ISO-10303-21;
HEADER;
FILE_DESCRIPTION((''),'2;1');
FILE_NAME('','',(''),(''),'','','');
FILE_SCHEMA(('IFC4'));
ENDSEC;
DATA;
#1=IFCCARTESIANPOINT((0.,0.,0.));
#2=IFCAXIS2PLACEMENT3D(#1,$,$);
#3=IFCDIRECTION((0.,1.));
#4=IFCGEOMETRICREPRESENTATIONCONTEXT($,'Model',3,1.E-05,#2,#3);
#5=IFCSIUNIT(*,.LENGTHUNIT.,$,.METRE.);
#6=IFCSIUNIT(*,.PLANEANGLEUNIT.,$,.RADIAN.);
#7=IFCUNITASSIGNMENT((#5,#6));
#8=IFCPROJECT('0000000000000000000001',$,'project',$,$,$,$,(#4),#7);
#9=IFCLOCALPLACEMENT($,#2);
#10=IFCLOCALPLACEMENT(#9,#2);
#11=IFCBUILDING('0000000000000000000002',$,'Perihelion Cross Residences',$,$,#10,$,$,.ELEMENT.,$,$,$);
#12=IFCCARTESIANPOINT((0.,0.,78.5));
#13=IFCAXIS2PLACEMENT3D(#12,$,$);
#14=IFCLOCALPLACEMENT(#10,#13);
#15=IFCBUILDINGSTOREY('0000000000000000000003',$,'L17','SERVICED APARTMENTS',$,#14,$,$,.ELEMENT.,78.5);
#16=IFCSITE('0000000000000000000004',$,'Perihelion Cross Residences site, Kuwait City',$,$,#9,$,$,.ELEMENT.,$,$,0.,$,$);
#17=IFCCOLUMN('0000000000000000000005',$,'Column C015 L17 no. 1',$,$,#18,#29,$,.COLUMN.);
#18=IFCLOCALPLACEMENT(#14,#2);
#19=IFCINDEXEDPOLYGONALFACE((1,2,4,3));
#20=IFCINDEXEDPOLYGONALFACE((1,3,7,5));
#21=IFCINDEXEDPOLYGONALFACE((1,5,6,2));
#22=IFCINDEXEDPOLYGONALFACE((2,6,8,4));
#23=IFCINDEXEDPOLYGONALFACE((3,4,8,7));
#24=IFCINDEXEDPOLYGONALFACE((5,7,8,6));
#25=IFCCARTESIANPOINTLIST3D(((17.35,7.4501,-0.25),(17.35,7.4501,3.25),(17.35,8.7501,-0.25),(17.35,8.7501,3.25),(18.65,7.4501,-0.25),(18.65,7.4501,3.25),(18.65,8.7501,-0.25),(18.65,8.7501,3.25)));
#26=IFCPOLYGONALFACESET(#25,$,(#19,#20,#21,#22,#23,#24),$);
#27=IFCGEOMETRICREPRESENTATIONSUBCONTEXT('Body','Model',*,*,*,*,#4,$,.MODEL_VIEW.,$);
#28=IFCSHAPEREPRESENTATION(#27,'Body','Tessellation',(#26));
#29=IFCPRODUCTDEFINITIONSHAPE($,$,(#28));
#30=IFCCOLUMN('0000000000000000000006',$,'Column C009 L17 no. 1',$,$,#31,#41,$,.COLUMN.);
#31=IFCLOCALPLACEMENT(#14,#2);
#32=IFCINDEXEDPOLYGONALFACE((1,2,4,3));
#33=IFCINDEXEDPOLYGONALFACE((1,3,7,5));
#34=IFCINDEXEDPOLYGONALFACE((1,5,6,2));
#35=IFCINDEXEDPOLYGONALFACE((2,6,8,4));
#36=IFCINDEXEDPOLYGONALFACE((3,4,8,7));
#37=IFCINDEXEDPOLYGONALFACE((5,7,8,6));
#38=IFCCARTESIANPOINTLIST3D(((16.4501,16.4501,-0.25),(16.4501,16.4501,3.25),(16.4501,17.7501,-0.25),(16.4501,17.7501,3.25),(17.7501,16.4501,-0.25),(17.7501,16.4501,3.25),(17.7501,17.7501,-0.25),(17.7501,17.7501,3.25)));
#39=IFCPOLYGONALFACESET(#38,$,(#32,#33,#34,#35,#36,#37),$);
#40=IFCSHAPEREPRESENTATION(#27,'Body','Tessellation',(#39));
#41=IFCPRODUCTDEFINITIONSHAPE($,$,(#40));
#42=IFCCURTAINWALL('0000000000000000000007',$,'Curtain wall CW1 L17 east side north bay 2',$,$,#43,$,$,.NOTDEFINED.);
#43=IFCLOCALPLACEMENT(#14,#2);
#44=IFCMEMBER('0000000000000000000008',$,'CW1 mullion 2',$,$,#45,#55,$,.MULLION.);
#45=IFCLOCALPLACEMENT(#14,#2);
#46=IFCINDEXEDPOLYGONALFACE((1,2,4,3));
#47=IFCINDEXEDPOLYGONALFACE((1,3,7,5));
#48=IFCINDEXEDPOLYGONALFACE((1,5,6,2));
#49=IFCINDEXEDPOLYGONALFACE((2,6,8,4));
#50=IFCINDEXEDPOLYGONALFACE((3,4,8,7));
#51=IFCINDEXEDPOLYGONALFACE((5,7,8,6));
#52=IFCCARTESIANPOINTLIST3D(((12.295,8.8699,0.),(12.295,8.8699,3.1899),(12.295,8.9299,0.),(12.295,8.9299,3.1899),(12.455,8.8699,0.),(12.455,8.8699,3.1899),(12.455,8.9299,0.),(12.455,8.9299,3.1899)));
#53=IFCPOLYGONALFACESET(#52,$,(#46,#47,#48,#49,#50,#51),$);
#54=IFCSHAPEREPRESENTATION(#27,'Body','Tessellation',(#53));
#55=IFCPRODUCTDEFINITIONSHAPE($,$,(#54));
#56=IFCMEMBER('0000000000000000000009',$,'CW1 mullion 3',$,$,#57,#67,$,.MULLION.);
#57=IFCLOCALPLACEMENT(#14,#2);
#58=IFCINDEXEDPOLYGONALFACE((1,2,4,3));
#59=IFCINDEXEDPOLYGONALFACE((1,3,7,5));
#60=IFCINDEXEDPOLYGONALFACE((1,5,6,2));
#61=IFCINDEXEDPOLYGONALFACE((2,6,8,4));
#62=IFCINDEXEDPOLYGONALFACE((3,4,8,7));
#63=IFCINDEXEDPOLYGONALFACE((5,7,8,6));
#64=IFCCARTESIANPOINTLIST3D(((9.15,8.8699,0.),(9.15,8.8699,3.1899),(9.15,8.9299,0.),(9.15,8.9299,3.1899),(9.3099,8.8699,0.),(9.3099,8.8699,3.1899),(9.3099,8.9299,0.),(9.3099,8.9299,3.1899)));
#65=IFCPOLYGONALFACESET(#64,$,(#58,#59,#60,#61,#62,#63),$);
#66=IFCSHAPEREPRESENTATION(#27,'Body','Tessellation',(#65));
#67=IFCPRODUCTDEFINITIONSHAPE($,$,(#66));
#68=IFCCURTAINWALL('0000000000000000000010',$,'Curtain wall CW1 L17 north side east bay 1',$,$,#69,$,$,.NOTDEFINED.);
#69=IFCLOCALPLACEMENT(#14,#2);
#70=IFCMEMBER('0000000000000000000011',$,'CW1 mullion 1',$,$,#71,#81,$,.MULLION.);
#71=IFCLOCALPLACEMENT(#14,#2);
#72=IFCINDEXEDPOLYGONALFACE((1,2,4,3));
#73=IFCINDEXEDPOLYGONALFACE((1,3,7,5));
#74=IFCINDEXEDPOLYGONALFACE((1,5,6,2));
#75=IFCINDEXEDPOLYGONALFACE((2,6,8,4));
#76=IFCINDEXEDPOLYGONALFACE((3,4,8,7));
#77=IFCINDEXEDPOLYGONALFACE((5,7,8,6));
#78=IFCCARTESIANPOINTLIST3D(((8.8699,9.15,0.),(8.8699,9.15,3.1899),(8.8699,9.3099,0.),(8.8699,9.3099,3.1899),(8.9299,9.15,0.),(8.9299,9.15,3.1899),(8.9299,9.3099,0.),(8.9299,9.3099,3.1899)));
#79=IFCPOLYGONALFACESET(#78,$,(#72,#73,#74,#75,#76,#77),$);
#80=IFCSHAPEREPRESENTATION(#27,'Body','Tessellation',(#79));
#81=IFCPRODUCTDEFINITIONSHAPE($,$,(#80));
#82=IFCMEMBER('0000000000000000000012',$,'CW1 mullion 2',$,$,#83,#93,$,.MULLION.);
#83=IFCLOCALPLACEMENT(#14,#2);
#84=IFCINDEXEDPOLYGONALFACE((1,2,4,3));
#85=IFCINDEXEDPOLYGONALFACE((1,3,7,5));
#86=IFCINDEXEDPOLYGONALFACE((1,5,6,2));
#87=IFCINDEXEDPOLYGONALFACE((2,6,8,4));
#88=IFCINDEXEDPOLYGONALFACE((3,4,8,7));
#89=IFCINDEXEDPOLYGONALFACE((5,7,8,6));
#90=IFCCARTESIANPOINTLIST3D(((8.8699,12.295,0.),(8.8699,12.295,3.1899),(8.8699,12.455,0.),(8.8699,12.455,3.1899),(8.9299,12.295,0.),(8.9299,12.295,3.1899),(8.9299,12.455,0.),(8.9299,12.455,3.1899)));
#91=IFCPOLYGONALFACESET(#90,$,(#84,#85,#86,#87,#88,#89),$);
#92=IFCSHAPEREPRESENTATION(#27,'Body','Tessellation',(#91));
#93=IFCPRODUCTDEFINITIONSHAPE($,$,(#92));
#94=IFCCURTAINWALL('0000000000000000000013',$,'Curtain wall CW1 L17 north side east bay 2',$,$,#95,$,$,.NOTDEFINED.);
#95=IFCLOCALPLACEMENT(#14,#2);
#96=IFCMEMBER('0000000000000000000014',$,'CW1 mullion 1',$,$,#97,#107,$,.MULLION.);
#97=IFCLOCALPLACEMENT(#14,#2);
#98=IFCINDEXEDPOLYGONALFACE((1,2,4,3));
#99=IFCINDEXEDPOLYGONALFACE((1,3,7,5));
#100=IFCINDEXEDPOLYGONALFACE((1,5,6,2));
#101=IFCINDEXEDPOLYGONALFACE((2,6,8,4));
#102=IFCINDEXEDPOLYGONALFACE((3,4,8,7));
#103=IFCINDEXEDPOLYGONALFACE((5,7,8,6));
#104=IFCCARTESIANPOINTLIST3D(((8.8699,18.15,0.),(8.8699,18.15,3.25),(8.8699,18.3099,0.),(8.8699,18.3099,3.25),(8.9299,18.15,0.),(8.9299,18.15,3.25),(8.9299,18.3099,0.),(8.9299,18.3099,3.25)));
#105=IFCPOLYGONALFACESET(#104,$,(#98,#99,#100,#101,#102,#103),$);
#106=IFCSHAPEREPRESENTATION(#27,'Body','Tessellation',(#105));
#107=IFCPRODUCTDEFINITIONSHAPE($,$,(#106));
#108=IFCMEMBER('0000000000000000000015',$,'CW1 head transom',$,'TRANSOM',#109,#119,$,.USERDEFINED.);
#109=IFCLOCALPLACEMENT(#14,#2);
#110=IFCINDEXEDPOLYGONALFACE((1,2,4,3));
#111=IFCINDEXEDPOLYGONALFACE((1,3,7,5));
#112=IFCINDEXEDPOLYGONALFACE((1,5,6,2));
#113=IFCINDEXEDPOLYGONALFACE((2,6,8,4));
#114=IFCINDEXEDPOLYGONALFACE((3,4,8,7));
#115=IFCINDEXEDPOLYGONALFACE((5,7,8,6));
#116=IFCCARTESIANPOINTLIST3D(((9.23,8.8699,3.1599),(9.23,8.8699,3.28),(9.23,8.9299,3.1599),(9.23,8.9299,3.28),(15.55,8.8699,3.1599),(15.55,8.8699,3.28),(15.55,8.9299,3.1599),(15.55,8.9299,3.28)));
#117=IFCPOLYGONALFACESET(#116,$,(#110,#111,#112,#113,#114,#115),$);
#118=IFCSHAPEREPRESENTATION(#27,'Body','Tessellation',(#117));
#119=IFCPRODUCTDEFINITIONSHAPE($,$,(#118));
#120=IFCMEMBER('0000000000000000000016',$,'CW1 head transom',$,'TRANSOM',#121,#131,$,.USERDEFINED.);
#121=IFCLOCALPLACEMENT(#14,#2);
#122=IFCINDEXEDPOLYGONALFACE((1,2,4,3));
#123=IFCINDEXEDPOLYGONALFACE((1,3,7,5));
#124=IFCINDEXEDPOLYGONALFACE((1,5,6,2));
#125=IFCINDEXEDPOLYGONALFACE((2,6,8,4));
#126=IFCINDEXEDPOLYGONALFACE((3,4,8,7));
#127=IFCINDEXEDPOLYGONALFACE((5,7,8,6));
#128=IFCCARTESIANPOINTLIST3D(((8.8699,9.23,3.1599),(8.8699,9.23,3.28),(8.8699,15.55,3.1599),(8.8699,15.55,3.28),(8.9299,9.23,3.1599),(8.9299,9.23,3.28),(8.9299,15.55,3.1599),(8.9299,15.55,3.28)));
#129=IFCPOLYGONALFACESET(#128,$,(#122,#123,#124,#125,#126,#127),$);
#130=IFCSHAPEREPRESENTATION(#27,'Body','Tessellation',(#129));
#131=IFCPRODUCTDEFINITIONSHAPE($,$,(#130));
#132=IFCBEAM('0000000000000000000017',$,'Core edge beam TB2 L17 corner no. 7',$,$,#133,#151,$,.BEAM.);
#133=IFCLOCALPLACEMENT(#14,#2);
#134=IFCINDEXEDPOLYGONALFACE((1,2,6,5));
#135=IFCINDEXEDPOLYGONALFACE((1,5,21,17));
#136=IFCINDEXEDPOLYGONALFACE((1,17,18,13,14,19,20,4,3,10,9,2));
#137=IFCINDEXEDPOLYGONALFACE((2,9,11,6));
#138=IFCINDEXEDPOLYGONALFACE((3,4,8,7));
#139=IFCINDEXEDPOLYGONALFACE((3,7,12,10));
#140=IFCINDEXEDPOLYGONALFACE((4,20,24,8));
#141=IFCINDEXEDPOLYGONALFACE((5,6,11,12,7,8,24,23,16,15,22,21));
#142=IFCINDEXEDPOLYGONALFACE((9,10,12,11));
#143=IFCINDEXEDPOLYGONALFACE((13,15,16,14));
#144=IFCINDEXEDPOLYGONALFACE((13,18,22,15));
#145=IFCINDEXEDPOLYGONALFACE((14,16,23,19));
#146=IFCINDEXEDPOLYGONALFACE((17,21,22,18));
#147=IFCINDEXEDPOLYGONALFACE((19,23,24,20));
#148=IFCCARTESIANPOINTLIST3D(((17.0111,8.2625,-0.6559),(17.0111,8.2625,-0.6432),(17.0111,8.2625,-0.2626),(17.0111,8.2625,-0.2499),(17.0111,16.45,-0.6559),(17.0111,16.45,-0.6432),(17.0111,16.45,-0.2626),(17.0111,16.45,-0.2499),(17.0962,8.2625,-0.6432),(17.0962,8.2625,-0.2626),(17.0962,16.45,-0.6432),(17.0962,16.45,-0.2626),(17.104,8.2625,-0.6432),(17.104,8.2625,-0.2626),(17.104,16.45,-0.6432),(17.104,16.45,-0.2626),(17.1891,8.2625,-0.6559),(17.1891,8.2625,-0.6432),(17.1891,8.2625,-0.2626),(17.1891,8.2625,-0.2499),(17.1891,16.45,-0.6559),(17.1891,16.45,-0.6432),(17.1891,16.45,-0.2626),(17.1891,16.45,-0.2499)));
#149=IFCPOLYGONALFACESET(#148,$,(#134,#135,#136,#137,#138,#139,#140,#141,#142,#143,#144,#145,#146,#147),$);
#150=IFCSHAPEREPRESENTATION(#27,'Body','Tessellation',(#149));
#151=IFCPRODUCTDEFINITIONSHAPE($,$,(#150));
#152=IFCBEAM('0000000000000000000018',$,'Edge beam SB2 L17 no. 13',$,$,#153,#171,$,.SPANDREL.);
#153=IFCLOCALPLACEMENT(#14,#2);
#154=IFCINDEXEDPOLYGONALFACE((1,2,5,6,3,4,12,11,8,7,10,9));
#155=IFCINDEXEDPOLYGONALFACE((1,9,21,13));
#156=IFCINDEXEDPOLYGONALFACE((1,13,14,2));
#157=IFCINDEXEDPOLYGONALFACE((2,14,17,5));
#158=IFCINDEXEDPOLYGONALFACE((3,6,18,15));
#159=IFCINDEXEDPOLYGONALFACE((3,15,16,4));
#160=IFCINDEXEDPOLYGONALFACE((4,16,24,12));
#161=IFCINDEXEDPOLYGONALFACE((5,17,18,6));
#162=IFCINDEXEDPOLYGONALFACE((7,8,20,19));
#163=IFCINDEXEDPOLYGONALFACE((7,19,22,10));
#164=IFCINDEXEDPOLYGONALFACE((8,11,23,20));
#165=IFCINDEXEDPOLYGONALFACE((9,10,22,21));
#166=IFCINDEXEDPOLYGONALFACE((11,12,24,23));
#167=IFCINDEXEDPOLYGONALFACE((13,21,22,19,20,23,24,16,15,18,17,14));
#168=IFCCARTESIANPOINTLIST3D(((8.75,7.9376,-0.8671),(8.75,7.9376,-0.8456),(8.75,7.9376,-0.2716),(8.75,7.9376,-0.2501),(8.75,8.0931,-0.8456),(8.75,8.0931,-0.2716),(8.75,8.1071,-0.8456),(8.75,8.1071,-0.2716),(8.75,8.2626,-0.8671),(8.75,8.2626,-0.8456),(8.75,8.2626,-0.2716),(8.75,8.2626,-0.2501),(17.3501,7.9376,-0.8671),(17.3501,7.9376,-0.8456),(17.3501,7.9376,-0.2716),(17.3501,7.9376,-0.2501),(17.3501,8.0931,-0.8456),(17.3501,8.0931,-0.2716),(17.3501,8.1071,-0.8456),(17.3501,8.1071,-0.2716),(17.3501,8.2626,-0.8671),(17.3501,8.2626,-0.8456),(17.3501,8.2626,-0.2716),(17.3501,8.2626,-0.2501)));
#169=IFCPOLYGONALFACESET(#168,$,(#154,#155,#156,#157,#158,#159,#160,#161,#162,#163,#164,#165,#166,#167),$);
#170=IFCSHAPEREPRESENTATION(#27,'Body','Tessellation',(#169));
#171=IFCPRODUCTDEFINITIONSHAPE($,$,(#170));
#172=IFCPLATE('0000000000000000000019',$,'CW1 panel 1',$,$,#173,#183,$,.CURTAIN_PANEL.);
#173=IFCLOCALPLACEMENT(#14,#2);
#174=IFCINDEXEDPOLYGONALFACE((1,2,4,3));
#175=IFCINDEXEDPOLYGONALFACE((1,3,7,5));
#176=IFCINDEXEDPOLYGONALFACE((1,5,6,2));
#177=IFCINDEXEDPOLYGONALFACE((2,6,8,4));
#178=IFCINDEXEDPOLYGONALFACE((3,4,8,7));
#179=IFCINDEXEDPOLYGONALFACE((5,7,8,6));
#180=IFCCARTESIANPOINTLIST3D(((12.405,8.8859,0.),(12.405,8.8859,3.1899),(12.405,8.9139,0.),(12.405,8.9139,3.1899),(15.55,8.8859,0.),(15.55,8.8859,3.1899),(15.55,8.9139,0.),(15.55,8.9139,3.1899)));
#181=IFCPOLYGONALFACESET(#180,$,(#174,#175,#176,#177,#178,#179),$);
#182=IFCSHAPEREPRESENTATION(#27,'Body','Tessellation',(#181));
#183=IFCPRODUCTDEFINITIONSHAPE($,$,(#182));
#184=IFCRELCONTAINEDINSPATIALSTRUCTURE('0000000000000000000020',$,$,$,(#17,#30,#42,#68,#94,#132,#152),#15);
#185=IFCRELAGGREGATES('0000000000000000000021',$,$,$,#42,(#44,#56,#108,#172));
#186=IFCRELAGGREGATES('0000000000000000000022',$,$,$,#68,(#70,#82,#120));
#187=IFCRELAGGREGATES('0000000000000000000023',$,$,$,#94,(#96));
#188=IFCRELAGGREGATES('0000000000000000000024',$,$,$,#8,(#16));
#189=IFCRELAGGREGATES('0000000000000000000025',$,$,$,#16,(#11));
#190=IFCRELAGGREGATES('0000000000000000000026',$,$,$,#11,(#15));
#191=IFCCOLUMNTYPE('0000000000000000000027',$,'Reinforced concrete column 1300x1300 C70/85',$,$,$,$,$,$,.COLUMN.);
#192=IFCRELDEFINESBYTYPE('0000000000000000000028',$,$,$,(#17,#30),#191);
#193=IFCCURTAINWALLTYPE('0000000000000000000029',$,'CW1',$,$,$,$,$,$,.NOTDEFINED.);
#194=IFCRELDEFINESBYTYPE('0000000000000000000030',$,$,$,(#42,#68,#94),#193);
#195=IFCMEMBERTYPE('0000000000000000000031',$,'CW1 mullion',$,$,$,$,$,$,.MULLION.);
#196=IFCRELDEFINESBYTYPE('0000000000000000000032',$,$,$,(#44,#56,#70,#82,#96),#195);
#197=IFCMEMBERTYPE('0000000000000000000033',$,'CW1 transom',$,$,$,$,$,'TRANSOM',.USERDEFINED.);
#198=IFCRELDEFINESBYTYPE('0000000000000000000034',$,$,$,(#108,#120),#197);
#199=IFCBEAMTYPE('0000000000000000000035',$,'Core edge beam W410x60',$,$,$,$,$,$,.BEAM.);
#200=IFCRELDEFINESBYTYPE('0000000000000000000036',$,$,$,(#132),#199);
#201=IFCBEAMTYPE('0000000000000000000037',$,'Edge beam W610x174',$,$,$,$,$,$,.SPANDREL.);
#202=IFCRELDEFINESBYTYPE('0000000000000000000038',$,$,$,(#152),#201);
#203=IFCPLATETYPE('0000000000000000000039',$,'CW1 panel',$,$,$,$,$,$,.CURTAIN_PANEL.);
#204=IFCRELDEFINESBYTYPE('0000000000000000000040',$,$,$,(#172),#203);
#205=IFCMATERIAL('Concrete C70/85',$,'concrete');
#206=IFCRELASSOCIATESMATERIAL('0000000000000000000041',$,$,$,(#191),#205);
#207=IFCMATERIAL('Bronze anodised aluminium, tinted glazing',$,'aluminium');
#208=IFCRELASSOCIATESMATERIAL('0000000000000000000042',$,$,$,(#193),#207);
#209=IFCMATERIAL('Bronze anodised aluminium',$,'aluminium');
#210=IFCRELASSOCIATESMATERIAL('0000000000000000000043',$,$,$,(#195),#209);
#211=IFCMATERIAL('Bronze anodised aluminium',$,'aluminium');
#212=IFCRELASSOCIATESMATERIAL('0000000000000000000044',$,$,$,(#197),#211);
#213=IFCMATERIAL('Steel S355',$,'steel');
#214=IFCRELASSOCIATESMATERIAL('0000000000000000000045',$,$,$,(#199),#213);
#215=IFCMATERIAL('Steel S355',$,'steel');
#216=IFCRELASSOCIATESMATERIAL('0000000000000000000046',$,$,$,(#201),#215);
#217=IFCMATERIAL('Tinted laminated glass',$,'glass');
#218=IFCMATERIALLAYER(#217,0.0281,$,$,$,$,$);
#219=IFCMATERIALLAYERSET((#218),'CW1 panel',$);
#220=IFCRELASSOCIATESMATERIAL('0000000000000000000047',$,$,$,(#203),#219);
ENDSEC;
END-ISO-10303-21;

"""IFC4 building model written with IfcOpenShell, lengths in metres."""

from ifc_helpers import new_model, si_unit, direction, frame, origin, origin_2d, place, context, subcontext, project, spatial, rectangle, i_section, extrude, material, layer, layer_set, material_profile, profile_set, type_object, element, aggregate, save


model = new_model("IFC4")

# Units and contexts
model_context = context("Model", 3, precision=1e-05, world=origin(), true_north=direction((0.0, 1.0)))
body_context = subcontext(model_context, "Body", "Model", "MODEL_VIEW")
ifc_project = project(units=[si_unit("LENGTHUNIT", "METRE"), si_unit("PLANEANGLEUNIT", "RADIAN")], contexts=[model_context])

# Site, building, storey
site_placement = place(None, origin())
site = spatial("IfcSite", under=ifc_project, at=site_placement, Name="Perihelion Cross Residences site, Kuwait City", CompositionType="ELEMENT", RefElevation=0.0)
building_placement = place(site_placement, origin())
building = spatial("IfcBuilding", under=site, at=building_placement, Name="Perihelion Cross Residences", CompositionType="ELEMENT")
storey_placement = place(building_placement, frame((0.0, 0.0, 78.5)))
storey = spatial("IfcBuildingStorey", under=building, at=storey_placement, Name="L17", Description="SERVICED APARTMENTS", CompositionType="ELEMENT", Elevation=78.5)

# Columns
ifc_material_1 = material(Name="Concrete C70/85", Category="concrete")
ifc_material_profile_1 = material_profile(ifc_material_1, rectangle(XDim=1.3, YDim=1.3, at=origin_2d()), Name="RC 1300x1300")
ifc_profile_set_1 = profile_set([ifc_material_profile_1], Name="Concrete C70/85")
column_type = type_object("IfcColumnType", Name="Reinforced concrete column 1300x1300 C70/85", PredefinedType="COLUMN", material=ifc_profile_set_1)
for number, where, z_axis, x_axis, name in (
    (1, (18.0, 8.1001, -0.25), (0.0, 0.0, 1.0), (1.0, 0.0, 0.0), "Column C015 L17 no. 1"),
    (2, (17.1001, 17.1001, -0.25), (0.0, 0.0, 1.0), (1.0, 0.0, 0.0), "Column C009 L17 no. 1"),
):
    element("IfcColumn", number, at=place(storey_placement, frame(where, z_axis=z_axis, x_axis=x_axis)), inside=storey, type_object=column_type, Name=name, PredefinedType="COLUMN", context=body_context, shape_type="SweptSolid", body=[
        extrude(rectangle(XDim=1.3, YDim=1.3, at=origin_2d()), origin(), (0.0, 0.0, 1.0), 3.5),
    ])

# Curtain walls, members
ifc_material_2 = material(Name="Bronze anodised aluminium, tinted glazing", Category="aluminium")
curtain_wall_type = type_object("IfcCurtainWallType", Name="CW1", PredefinedType="NOTDEFINED", material=ifc_material_2)
curtain_wall_1_placement = place(storey_placement, origin())
curtain_wall_1 = element("IfcCurtainWall", 3, at=curtain_wall_1_placement, inside=storey, type_object=curtain_wall_type, Name="Curtain wall CW1 L17 east side north bay 2", PredefinedType="NOTDEFINED")
ifc_material_3 = material(Name="Bronze anodised aluminium", Category="aluminium")
ifc_material_profile_2 = material_profile(ifc_material_3, rectangle(XDim=0.0601, YDim=0.1599, at=origin_2d()), Name="CW1 mullion")
ifc_profile_set_2 = profile_set([ifc_material_profile_2], Name="Bronze anodised aluminium")
member_type_1 = type_object("IfcMemberType", Name="CW1 mullion", PredefinedType="MULLION", material=ifc_profile_set_2)
member_1_placement = place(storey_placement, frame((12.375, 8.8999, 0.0), z_axis=(0.0, 0.0, 1.0), x_axis=(0.0, -1.0, 0.0)))
member_1 = element("IfcMember", 4, at=member_1_placement, type_object=member_type_1, Name="CW1 mullion 2", PredefinedType="MULLION", context=body_context, shape_type="SweptSolid", body=[
    extrude(rectangle(XDim=0.0601, YDim=0.1599, at=origin_2d()), origin(), (0.0, 0.0, 1.0), 3.1899),
])
member_2_placement = place(storey_placement, frame((9.23, 8.8999, 0.0), z_axis=(0.0, 0.0, 1.0), x_axis=(0.0, -1.0, 0.0)))
member_2 = element("IfcMember", 5, at=member_2_placement, type_object=member_type_1, Name="CW1 mullion 3", PredefinedType="MULLION", context=body_context, shape_type="SweptSolid", body=[
    extrude(rectangle(XDim=0.0601, YDim=0.1599, at=origin_2d()), origin(), (0.0, 0.0, 1.0), 3.1899),
])
curtain_wall_2_placement = place(storey_placement, origin())
curtain_wall_2 = element("IfcCurtainWall", 6, at=curtain_wall_2_placement, inside=storey, type_object=curtain_wall_type, Name="Curtain wall CW1 L17 north side east bay 1", PredefinedType="NOTDEFINED")
member_3_placement = place(storey_placement, frame((8.8999, 9.23, 0.0), z_axis=(0.0, 0.0, 1.0), x_axis=(-1.0, 0.0, 0.0)))
member_3 = element("IfcMember", 7, at=member_3_placement, type_object=member_type_1, Name="CW1 mullion 1", PredefinedType="MULLION", context=body_context, shape_type="SweptSolid", body=[
    extrude(rectangle(XDim=0.0601, YDim=0.1599, at=origin_2d()), origin(), (0.0, 0.0, 1.0), 3.1899),
])
member_4_placement = place(storey_placement, frame((8.8999, 12.375, 0.0), z_axis=(0.0, 0.0, 1.0), x_axis=(-1.0, 0.0, 0.0)))
member_4 = element("IfcMember", 8, at=member_4_placement, type_object=member_type_1, Name="CW1 mullion 2", PredefinedType="MULLION", context=body_context, shape_type="SweptSolid", body=[
    extrude(rectangle(XDim=0.0601, YDim=0.1599, at=origin_2d()), origin(), (0.0, 0.0, 1.0), 3.1899),
])

# Curtain wall, member
curtain_wall_3_placement = place(storey_placement, origin())
curtain_wall_3 = element("IfcCurtainWall", 9, at=curtain_wall_3_placement, inside=storey, type_object=curtain_wall_type, Name="Curtain wall CW1 L17 north side east bay 2", PredefinedType="NOTDEFINED")
member_5_placement = place(storey_placement, frame((8.8999, 18.23, 0.0), z_axis=(0.0, 0.0, 1.0), x_axis=(-1.0, 0.0, 0.0)))
member_5 = element("IfcMember", 10, at=member_5_placement, type_object=member_type_1, Name="CW1 mullion 1", PredefinedType="MULLION", context=body_context, shape_type="SweptSolid", body=[
    extrude(rectangle(XDim=0.0601, YDim=0.1599, at=origin_2d()), origin(), (0.0, 0.0, 1.0), 3.25),
])

# Members
ifc_material_4 = material(Name="Bronze anodised aluminium", Category="aluminium")
ifc_material_profile_3 = material_profile(ifc_material_4, rectangle(XDim=0.0601, YDim=0.1201, at=origin_2d()), Name="CW1 transom")
ifc_profile_set_3 = profile_set([ifc_material_profile_3], Name="Bronze anodised aluminium")
member_type_2 = type_object("IfcMemberType", Name="CW1 transom", ElementType="TRANSOM", PredefinedType="USERDEFINED", material=ifc_profile_set_3)
member_6_placement = place(storey_placement, frame((15.55, 8.8999, 3.22), z_axis=(-1.0, 0.0, 0.0), x_axis=(0.0, -1.0, 0.0)))
member_6 = element("IfcMember", 11, at=member_6_placement, type_object=member_type_2, Name="CW1 head transom", ObjectType="TRANSOM", PredefinedType="USERDEFINED", context=body_context, shape_type="SweptSolid", body=[
    extrude(rectangle(XDim=0.0601, YDim=0.1201, at=origin_2d()), origin(), (0.0, 0.0, 1.0), 6.3201),
])
member_7_placement = place(storey_placement, frame((8.8999, 9.23, 3.22), z_axis=(0.0, 1.0, 0.0), x_axis=(-1.0, 0.0, 0.0)))
member_7 = element("IfcMember", 12, at=member_7_placement, type_object=member_type_2, Name="CW1 head transom", ObjectType="TRANSOM", PredefinedType="USERDEFINED", context=body_context, shape_type="SweptSolid", body=[
    extrude(rectangle(XDim=0.0601, YDim=0.1201, at=origin_2d()), origin(), (0.0, 0.0, 1.0), 6.3201),
])

# Beams
ifc_material_5 = material(Name="Steel S355", Category="steel")
ifc_material_profile_4 = material_profile(ifc_material_5, i_section(OverallWidth=0.178, OverallDepth=0.406, WebThickness=0.0078, FlangeThickness=0.0127, at=origin_2d()), Name="W410x60")
ifc_profile_set_4 = profile_set([ifc_material_profile_4], Name="Steel S355")
beam_type_1 = type_object("IfcBeamType", Name="Core edge beam W410x60", PredefinedType="BEAM", material=ifc_profile_set_4)
beam_1_placement = place(storey_placement, frame((17.1001, 8.2625, -0.4529), z_axis=(0.0, 1.0, 0.0), x_axis=(-1.0, 0.0, 0.0)))
element("IfcBeam", 13, at=beam_1_placement, inside=storey, type_object=beam_type_1, Name="Core edge beam TB2 L17 corner no. 7", PredefinedType="BEAM", context=body_context, shape_type="SweptSolid", body=[
    extrude(i_section(OverallWidth=0.178, OverallDepth=0.406, WebThickness=0.0078, FlangeThickness=0.0127, at=origin_2d()), origin(), (0.0, 0.0, 1.0), 8.1875),
])
ifc_material_6 = material(Name="Steel S355", Category="steel")
ifc_material_profile_5 = material_profile(ifc_material_6, i_section(OverallWidth=0.325, OverallDepth=0.6169, WebThickness=0.0139, FlangeThickness=0.0215, at=origin_2d()), Name="W610x174")
ifc_profile_set_5 = profile_set([ifc_material_profile_5], Name="Steel S355")
beam_type_2 = type_object("IfcBeamType", Name="Edge beam W610x174", PredefinedType="SPANDREL", material=ifc_profile_set_5)
beam_2_placement = place(storey_placement, frame((17.3501, 8.1001, -0.5586), z_axis=(-1.0, 0.0, 0.0), x_axis=(0.0, -1.0, 0.0)))
element("IfcBeam", 14, at=beam_2_placement, inside=storey, type_object=beam_type_2, Name="Edge beam SB2 L17 no. 13", PredefinedType="SPANDREL", context=body_context, shape_type="SweptSolid", body=[
    extrude(i_section(OverallWidth=0.325, OverallDepth=0.6169, WebThickness=0.0139, FlangeThickness=0.0215, at=origin_2d()), origin(), (0.0, 0.0, 1.0), 8.6001),
])

# Plate
ifc_material_7 = material(Name="Tinted laminated glass", Category="glass")
ifc_layer_1 = layer(ifc_material_7, 0.0281)
ifc_layer_set_1 = layer_set([ifc_layer_1], Name="CW1 panel")
plate_type = type_object("IfcPlateType", Name="CW1 panel", PredefinedType="CURTAIN_PANEL", material=ifc_layer_set_1)
plate_1_placement = place(storey_placement, frame((13.9775, 8.8999, 0.0), z_axis=(0.0, 0.0, 1.0), x_axis=(-1.0, 0.0, 0.0)))
plate_1 = element("IfcPlate", 15, at=plate_1_placement, type_object=plate_type, Name="CW1 panel 1", PredefinedType="CURTAIN_PANEL", context=body_context, shape_type="SweptSolid", body=[
    extrude(rectangle(XDim=3.145, YDim=0.0281, at=origin_2d()), origin(), (0.0, 0.0, 1.0), 3.1899),
])
aggregate(curtain_wall_1, [member_1, member_2, member_6, plate_1])
aggregate(curtain_wall_2, [member_3, member_4, member_7])
aggregate(curtain_wall_3, [member_5])

save(model, "model.ifc")
